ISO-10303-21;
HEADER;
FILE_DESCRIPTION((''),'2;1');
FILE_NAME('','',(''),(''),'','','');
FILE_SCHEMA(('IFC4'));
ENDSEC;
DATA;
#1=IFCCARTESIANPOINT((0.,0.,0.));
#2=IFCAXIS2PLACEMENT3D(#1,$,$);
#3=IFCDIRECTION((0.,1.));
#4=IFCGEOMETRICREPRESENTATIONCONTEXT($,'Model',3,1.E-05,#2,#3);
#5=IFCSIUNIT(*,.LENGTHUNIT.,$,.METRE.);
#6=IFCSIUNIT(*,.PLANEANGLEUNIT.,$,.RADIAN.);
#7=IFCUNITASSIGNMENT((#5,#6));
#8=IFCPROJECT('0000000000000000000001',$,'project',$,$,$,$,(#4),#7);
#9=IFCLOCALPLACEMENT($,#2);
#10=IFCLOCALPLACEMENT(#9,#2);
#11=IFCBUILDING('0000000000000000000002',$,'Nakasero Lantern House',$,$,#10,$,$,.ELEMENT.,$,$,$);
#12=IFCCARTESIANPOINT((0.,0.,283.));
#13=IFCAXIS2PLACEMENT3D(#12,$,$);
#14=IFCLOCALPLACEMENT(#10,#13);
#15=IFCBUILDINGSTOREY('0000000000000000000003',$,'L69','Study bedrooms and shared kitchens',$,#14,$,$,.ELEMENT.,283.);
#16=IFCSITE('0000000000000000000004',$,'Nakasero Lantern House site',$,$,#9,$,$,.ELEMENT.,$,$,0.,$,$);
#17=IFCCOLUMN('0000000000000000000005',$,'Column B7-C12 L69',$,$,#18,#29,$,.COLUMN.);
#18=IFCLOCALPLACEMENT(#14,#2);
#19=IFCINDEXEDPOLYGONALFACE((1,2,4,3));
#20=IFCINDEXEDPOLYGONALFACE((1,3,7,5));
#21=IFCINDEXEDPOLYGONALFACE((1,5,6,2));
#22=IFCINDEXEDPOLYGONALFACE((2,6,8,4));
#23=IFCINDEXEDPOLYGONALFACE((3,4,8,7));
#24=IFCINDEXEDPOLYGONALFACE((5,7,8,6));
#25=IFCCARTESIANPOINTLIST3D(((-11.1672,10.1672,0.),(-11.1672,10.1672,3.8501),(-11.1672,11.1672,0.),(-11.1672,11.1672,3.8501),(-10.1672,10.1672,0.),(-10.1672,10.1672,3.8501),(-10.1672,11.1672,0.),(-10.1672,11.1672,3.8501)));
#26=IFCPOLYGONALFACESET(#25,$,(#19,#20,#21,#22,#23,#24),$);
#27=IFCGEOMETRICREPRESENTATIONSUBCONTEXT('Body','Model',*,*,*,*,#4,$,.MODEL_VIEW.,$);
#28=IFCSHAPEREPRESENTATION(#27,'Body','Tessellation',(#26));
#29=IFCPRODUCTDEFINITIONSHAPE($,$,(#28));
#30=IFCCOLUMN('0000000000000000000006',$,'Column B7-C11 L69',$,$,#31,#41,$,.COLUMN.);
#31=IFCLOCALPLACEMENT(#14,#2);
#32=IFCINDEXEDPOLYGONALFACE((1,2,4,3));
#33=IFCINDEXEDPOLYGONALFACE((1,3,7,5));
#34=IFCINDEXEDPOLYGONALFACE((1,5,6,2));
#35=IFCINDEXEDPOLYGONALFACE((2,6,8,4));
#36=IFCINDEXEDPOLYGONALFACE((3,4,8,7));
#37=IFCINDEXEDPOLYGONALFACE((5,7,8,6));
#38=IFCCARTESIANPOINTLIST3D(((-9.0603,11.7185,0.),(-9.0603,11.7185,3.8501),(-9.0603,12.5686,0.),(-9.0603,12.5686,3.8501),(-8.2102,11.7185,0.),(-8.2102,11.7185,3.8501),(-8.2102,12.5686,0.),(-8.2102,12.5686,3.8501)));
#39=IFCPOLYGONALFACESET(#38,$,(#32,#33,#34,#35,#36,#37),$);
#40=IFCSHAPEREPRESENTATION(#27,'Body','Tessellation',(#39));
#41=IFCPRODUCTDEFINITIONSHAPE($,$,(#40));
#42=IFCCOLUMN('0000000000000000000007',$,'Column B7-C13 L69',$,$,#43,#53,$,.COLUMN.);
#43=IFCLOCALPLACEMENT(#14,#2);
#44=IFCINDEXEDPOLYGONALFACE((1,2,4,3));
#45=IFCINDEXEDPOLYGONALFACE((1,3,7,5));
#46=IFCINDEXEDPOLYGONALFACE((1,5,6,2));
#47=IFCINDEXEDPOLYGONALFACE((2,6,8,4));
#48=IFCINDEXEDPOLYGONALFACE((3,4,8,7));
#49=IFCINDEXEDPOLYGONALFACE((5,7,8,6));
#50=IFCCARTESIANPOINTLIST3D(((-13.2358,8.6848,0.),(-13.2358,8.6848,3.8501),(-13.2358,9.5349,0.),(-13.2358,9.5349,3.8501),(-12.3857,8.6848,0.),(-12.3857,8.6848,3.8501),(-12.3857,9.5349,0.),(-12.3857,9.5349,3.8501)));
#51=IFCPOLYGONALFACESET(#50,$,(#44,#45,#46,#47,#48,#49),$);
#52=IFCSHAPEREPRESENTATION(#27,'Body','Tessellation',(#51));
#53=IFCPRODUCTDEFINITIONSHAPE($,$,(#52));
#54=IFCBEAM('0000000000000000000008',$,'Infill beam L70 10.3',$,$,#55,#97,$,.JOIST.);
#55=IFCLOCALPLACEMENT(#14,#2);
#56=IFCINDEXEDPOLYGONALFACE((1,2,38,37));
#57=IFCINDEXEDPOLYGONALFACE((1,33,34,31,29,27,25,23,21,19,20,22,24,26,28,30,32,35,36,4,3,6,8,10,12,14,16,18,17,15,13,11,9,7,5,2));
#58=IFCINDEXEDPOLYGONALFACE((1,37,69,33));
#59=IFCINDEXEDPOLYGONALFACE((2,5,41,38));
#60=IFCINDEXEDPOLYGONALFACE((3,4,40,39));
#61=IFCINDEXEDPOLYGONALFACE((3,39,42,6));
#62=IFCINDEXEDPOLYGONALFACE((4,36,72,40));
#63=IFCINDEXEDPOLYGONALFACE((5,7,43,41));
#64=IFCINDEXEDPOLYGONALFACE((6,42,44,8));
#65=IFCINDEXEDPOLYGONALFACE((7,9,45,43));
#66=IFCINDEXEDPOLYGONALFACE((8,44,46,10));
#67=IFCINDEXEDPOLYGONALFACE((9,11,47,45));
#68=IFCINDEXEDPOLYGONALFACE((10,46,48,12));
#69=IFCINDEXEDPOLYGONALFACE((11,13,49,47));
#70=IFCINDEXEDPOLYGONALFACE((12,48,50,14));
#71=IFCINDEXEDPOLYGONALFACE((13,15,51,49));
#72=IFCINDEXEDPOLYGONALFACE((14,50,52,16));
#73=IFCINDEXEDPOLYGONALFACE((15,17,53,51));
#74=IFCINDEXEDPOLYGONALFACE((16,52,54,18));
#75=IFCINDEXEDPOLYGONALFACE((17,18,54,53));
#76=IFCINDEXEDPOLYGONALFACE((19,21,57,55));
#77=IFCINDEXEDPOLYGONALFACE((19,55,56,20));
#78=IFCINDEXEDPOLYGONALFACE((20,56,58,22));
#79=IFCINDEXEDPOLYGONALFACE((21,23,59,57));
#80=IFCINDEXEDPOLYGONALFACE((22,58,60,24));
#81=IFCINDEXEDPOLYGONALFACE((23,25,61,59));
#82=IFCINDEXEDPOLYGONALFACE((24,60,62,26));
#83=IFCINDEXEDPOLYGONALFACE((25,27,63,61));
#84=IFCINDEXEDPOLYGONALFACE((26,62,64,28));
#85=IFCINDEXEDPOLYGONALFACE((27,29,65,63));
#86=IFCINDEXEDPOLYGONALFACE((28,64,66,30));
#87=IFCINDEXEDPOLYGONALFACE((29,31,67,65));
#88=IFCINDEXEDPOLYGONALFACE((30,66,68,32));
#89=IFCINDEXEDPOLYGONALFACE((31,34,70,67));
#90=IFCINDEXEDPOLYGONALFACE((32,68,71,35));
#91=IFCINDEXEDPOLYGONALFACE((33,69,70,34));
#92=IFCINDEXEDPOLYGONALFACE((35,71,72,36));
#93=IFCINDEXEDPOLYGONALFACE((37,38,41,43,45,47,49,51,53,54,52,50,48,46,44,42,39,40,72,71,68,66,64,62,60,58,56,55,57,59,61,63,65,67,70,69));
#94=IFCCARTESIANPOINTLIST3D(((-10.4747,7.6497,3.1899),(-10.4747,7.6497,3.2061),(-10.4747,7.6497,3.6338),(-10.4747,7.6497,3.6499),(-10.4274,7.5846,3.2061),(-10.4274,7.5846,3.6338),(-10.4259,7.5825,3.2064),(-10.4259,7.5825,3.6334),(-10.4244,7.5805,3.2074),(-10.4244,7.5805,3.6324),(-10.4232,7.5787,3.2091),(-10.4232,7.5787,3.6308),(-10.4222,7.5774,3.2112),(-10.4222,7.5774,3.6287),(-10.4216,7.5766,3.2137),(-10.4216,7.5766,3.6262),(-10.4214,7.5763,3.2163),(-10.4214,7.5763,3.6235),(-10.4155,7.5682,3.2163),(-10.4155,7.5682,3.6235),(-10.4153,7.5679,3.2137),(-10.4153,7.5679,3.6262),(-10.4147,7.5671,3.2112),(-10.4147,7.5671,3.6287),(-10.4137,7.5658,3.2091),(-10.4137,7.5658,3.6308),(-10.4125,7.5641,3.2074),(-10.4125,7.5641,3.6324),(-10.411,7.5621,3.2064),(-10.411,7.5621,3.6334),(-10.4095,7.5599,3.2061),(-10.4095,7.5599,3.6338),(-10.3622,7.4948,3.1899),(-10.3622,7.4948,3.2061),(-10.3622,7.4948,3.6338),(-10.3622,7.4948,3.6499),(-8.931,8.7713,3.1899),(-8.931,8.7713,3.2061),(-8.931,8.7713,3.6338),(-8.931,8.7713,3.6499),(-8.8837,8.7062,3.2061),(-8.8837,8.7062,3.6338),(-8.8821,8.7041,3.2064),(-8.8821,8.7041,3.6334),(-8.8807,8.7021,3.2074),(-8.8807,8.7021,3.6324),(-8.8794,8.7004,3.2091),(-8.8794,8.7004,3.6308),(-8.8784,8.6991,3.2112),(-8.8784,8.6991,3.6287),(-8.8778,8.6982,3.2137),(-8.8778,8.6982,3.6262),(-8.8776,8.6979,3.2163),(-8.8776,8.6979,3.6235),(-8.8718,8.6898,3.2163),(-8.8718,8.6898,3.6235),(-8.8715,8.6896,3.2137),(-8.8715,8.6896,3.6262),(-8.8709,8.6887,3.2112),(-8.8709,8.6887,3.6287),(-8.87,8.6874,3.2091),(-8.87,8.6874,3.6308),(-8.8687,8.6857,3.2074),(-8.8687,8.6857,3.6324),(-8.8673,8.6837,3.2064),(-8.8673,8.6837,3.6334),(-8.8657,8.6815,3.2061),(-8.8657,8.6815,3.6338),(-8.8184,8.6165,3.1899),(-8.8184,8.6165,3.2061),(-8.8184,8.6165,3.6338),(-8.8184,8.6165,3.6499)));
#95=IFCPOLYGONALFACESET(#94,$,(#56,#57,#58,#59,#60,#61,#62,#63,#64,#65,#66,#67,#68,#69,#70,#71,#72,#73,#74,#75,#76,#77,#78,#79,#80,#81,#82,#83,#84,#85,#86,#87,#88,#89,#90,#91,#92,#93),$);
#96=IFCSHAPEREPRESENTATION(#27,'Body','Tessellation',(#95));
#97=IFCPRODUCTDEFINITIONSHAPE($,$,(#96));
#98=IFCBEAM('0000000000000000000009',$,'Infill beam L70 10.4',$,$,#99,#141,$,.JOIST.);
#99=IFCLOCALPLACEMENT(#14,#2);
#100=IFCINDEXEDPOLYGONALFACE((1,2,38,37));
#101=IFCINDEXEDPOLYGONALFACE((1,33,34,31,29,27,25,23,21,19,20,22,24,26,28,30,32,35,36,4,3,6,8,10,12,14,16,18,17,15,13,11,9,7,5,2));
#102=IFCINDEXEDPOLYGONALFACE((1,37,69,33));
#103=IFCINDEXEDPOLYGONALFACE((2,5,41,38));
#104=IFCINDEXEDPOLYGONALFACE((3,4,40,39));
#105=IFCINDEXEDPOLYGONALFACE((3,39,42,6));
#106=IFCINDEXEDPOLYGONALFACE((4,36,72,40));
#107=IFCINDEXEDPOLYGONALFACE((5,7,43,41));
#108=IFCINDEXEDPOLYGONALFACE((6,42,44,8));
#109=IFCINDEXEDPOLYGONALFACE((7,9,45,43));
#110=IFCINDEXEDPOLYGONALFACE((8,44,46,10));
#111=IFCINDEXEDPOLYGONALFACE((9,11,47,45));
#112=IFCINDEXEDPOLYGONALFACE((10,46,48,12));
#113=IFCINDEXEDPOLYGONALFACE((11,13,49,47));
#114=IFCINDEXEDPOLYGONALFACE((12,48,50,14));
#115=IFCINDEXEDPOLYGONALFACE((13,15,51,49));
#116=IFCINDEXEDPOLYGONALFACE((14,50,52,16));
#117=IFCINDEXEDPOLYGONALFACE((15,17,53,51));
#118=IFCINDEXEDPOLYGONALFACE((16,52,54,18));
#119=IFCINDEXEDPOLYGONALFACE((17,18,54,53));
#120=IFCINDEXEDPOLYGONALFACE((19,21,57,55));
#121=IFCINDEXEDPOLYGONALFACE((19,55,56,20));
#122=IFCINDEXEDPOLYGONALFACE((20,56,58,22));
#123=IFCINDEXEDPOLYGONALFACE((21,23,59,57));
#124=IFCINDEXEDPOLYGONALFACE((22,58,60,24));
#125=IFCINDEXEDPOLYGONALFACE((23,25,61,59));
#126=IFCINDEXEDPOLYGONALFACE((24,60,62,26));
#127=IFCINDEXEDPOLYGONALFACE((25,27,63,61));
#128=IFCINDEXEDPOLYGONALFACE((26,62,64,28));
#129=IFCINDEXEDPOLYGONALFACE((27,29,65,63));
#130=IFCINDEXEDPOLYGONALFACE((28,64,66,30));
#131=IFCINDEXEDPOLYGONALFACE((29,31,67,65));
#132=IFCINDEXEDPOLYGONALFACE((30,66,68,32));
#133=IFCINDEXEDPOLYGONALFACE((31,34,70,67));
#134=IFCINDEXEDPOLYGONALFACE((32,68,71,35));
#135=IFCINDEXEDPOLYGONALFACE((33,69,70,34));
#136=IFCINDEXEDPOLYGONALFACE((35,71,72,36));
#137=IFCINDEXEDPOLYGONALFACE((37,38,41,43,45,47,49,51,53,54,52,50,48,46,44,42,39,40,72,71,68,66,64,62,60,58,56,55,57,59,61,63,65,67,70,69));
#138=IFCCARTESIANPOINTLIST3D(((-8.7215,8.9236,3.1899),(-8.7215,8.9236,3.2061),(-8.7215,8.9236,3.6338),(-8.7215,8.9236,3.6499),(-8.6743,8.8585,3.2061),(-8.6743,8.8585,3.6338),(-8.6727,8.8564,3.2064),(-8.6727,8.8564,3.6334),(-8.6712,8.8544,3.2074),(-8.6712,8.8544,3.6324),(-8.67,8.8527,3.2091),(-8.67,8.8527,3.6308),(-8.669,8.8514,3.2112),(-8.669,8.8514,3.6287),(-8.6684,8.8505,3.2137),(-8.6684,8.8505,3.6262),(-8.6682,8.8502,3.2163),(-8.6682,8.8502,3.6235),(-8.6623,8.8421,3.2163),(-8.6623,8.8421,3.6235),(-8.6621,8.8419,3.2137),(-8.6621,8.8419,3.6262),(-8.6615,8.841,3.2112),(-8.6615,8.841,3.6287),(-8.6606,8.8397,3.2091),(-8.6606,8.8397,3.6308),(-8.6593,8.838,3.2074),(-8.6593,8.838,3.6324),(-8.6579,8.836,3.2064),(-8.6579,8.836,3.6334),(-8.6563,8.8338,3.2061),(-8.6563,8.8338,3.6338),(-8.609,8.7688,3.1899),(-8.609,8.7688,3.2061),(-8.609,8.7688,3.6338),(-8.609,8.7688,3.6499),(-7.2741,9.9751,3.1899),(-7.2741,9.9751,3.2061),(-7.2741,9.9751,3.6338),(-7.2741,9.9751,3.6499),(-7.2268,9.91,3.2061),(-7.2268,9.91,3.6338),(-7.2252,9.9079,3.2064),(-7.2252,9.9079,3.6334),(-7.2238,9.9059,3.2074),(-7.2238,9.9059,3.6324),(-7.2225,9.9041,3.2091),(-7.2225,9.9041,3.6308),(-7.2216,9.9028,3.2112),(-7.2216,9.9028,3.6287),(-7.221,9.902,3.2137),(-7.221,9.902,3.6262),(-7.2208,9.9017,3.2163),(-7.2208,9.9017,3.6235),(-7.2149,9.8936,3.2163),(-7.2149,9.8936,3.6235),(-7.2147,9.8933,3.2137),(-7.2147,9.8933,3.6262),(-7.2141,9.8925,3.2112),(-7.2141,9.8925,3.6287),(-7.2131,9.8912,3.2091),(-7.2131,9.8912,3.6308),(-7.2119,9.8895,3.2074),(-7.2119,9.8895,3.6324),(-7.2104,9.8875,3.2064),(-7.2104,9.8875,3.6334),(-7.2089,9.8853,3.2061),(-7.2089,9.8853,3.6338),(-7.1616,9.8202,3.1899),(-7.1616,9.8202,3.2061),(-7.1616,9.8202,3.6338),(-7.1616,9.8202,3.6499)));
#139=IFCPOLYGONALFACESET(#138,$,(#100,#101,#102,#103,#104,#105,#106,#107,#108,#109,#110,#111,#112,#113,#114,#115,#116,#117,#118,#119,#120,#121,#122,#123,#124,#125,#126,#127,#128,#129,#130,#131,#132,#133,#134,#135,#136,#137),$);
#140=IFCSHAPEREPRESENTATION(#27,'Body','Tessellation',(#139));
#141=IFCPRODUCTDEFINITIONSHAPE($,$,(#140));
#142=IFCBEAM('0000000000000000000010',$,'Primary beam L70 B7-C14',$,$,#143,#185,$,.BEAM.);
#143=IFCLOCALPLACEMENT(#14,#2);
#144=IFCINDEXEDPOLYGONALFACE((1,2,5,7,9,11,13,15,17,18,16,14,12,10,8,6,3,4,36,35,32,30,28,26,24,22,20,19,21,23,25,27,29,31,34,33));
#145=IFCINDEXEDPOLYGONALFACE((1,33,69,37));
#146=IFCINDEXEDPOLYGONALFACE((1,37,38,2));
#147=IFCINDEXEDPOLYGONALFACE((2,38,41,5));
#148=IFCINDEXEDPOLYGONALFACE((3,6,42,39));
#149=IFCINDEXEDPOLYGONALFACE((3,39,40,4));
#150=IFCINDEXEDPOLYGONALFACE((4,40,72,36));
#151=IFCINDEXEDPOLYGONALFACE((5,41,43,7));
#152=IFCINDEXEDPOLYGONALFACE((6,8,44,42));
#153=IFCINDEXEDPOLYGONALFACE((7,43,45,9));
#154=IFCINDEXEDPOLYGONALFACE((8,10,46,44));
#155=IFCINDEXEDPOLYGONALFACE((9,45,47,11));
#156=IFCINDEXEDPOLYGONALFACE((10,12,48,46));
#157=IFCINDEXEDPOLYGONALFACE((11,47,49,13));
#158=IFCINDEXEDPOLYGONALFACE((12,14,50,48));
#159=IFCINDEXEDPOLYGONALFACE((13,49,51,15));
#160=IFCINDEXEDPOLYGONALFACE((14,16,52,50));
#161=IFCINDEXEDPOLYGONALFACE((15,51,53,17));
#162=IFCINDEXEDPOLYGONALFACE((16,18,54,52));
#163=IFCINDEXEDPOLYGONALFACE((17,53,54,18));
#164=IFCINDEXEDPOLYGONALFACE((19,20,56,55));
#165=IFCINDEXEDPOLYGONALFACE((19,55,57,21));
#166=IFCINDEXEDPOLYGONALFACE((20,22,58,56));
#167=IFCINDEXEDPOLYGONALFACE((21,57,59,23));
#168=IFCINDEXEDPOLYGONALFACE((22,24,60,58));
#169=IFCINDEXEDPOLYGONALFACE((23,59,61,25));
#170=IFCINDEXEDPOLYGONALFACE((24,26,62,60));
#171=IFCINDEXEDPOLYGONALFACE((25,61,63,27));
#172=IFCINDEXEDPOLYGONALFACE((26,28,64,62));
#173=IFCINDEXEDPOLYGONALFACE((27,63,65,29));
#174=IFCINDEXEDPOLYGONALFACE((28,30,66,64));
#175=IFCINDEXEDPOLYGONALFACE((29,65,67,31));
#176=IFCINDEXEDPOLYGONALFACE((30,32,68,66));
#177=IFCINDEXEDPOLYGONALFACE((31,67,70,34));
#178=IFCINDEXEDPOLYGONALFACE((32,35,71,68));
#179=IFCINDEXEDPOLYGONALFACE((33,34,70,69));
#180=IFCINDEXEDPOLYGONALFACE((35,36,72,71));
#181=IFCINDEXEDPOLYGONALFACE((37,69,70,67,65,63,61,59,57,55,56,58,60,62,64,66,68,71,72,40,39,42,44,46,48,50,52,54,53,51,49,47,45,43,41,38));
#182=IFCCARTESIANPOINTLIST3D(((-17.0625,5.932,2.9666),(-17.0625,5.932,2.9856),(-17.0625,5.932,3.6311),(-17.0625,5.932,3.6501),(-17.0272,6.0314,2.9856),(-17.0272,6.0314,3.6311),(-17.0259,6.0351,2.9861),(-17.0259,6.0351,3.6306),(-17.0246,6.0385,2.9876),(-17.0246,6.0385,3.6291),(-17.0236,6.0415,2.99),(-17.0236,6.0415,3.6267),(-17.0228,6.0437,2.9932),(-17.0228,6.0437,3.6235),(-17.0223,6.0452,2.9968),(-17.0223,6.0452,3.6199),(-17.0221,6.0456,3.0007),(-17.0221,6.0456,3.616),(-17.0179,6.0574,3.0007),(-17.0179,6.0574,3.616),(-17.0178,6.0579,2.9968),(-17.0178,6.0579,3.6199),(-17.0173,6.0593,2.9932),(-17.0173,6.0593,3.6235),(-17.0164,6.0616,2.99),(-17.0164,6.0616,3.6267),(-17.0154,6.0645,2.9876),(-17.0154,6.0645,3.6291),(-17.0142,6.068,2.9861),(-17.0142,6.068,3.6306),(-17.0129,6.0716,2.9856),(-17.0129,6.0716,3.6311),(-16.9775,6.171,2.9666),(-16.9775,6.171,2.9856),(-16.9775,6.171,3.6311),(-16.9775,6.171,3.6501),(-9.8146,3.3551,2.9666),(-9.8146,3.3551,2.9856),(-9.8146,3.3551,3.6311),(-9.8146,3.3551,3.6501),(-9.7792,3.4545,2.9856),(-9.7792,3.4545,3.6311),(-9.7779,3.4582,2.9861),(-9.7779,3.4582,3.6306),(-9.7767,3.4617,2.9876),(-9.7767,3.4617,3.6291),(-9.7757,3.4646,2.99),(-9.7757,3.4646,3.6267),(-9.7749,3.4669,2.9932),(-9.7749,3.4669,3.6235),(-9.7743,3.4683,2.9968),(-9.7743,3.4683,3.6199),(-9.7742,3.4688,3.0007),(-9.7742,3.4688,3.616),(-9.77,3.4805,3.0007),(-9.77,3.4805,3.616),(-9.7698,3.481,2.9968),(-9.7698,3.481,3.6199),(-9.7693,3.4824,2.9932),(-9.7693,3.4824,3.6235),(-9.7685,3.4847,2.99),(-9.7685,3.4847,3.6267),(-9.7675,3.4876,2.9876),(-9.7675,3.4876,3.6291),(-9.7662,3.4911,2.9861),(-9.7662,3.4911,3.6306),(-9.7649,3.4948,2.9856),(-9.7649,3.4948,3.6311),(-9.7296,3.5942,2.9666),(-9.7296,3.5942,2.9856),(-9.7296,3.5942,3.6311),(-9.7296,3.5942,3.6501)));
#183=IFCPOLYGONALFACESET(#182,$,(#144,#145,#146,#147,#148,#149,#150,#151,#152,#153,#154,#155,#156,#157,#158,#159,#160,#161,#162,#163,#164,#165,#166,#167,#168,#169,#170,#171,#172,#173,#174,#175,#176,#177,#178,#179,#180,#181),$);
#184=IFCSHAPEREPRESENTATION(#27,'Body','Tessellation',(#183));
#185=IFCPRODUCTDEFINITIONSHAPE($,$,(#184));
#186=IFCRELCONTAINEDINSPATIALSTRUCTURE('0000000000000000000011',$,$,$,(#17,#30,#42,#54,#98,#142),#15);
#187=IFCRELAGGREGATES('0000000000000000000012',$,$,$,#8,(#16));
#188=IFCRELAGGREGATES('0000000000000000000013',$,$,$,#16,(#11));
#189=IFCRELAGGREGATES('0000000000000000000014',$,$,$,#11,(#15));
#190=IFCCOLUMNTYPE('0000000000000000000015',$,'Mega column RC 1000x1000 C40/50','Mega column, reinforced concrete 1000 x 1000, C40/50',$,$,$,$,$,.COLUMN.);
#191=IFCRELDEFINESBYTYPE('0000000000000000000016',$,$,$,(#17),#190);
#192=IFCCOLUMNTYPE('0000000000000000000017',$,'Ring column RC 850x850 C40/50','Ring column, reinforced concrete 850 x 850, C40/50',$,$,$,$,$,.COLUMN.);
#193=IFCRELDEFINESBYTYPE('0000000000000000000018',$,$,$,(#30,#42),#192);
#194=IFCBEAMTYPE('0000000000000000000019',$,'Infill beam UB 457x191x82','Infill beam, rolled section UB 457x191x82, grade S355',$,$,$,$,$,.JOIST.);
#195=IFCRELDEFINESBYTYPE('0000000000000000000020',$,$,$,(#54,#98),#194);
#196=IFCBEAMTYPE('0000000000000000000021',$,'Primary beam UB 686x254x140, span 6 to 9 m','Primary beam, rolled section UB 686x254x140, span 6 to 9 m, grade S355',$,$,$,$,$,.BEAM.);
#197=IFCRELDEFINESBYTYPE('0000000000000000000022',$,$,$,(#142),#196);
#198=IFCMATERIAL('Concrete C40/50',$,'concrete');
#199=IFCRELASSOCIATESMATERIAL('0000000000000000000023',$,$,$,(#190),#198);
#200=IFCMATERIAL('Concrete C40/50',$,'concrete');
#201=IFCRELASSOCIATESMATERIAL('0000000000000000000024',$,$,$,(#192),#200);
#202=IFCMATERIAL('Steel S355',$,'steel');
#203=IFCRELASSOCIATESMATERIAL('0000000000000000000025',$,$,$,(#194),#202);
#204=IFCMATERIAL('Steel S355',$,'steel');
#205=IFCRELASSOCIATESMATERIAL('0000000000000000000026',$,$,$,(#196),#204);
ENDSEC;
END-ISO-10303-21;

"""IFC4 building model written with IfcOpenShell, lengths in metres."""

from ifc_helpers import new_model, si_unit, direction, frame, origin, origin_2d, place, context, subcontext, project, spatial, rectangle, i_section, extrude, material, material_profile, profile_set, type_object, element, save


model = new_model("IFC4")

# Units and contexts
model_context = context("Model", 3, precision=1e-05, world=origin(), true_north=direction((0.0, 1.0)))
body_context = subcontext(model_context, "Body", "Model", "MODEL_VIEW")
ifc_project = project(units=[si_unit("LENGTHUNIT", "METRE"), si_unit("PLANEANGLEUNIT", "RADIAN")], contexts=[model_context])

# Site, building, storey
site_placement = place(None, origin())
site = spatial("IfcSite", under=ifc_project, at=site_placement, Name="Nakasero Lantern House site", CompositionType="ELEMENT", RefElevation=0.0)
building_placement = place(site_placement, origin())
building = spatial("IfcBuilding", under=site, at=building_placement, Name="Nakasero Lantern House", CompositionType="ELEMENT")
storey_placement = place(building_placement, frame((0.0, 0.0, 283.0)))
storey = spatial("IfcBuildingStorey", under=building, at=storey_placement, Name="L69", Description="Study bedrooms and shared kitchens", CompositionType="ELEMENT", Elevation=283.0)

# Columns
ifc_material_1 = material(Name="Concrete C40/50", Category="concrete")
ifc_material_profile_1 = material_profile(ifc_material_1, rectangle(XDim=1.0, YDim=1.0, at=origin_2d()), Name="RC 1000x1000")
ifc_profile_set_1 = profile_set([ifc_material_profile_1], Name="Concrete C40/50")
column_type_1 = type_object("IfcColumnType", Name="Mega column RC 1000x1000 C40/50", Description="Mega column, reinforced concrete 1000 x 1000, C40/50", PredefinedType="COLUMN", material=ifc_profile_set_1)
column_placement = place(storey_placement, frame((-10.6672, 10.6672, 0.0), z_axis=(0.0, 0.0, 1.0), x_axis=(1.0, 0.0, 0.0)))
element("IfcColumn", 1, at=column_placement, inside=storey, type_object=column_type_1, Name="Column B7-C12 L69", PredefinedType="COLUMN", context=body_context, shape_type="SweptSolid", body=[
    extrude(rectangle(XDim=1.0, YDim=1.0, at=origin_2d()), origin(), (0.0, 0.0, 1.0), 3.8501),
])
ifc_material_2 = material(Name="Concrete C40/50", Category="concrete")
ifc_material_profile_2 = material_profile(ifc_material_2, rectangle(XDim=0.8501, YDim=0.8501, at=origin_2d()), Name="RC 850x850")
ifc_profile_set_2 = profile_set([ifc_material_profile_2], Name="Concrete C40/50")
column_type_2 = type_object("IfcColumnType", Name="Ring column RC 850x850 C40/50", Description="Ring column, reinforced concrete 850 x 850, C40/50", PredefinedType="COLUMN", material=ifc_profile_set_2)
for number, where, z_axis, x_axis, name in (
    (2, (-8.6353, 12.1436, 0.0), (0.0, 0.0, 1.0), (1.0, 0.0, 0.0), "Column B7-C11 L69"),
    (3, (-12.8108, 9.1099, 0.0), (0.0, 0.0, 1.0), (1.0, 0.0, 0.0), "Column B7-C13 L69"),
):
    element("IfcColumn", number, at=place(storey_placement, frame(where, z_axis=z_axis, x_axis=x_axis)), inside=storey, type_object=column_type_2, Name=name, PredefinedType="COLUMN", context=body_context, shape_type="SweptSolid", body=[
        extrude(rectangle(XDim=0.8501, YDim=0.8501, at=origin_2d()), origin(), (0.0, 0.0, 1.0), 3.8501),
    ])

# Beams
ifc_material_3 = material(Name="Steel S355", Category="steel")
ifc_material_profile_3 = material_profile(ifc_material_3, i_section(OverallWidth=0.1914, OverallDepth=0.46, WebThickness=0.01, FlangeThickness=0.0161, FilletRadius=0.0103, at=origin_2d()), Name="UB 457x191x82")
ifc_profile_set_3 = profile_set([ifc_material_profile_3], Name="Steel S355")
beam_type_1 = type_object("IfcBeamType", Name="Infill beam UB 457x191x82", Description="Infill beam, rolled section UB 457x191x82, grade S355", PredefinedType="JOIST", material=ifc_profile_set_3)
beam_1_placement = place(storey_placement, frame((-10.4185, 7.5723, 3.4199), z_axis=(0.809013, 0.587791, 0.0), x_axis=(-0.587791, 0.809013, 0.0)))
element("IfcBeam", 4, at=beam_1_placement, inside=storey, type_object=beam_type_1, Name="Infill beam L70 10.3", PredefinedType="JOIST", context=body_context, shape_type="SweptSolid", body=[
    extrude(i_section(OverallWidth=0.1914, OverallDepth=0.46, WebThickness=0.01, FlangeThickness=0.0161, FilletRadius=0.0103, at=origin_2d()), origin(), (0.0, 0.0, 1.0), 1.9082),
])
beam_2_placement = place(storey_placement, frame((-8.6653, 8.8462, 3.4199), z_axis=(0.809061, 0.587725, 0.0), x_axis=(-0.587725, 0.809061, 0.0)))
element("IfcBeam", 5, at=beam_2_placement, inside=storey, type_object=beam_type_1, Name="Infill beam L70 10.4", PredefinedType="JOIST", context=body_context, shape_type="SweptSolid", body=[
    extrude(i_section(OverallWidth=0.1914, OverallDepth=0.46, WebThickness=0.01, FlangeThickness=0.0161, FilletRadius=0.0103, at=origin_2d()), origin(), (0.0, 0.0, 1.0), 1.7891),
])
ifc_material_4 = material(Name="Steel S355", Category="steel")
ifc_material_profile_4 = material_profile(ifc_material_4, i_section(OverallWidth=0.2537, OverallDepth=0.6836, WebThickness=0.0125, FlangeThickness=0.019, FilletRadius=0.0151, at=origin_2d()), Name="UB 686x254x140")
ifc_profile_set_4 = profile_set([ifc_material_profile_4], Name="Steel S355")
beam_type_2 = type_object("IfcBeamType", Name="Primary beam UB 686x254x140, span 6 to 9 m", Description="Primary beam, rolled section UB 686x254x140, span 6 to 9 m, grade S355", PredefinedType="BEAM", material=ifc_profile_set_4)
beam_3_placement = place(storey_placement, frame((-17.02, 6.0515, 3.3083), z_axis=(0.942222, -0.334989, 0.0), x_axis=(0.334989, 0.942222, 0.0)))
element("IfcBeam", 6, at=beam_3_placement, inside=storey, type_object=beam_type_2, Name="Primary beam L70 B7-C14", PredefinedType="BEAM", context=body_context, shape_type="SweptSolid", body=[
    extrude(i_section(OverallWidth=0.2537, OverallDepth=0.6836, WebThickness=0.0125, FlangeThickness=0.019, FilletRadius=0.0151, at=origin_2d()), origin(), (0.0, 0.0, 1.0), 7.6924),
])

save(model, "model.ifc")
